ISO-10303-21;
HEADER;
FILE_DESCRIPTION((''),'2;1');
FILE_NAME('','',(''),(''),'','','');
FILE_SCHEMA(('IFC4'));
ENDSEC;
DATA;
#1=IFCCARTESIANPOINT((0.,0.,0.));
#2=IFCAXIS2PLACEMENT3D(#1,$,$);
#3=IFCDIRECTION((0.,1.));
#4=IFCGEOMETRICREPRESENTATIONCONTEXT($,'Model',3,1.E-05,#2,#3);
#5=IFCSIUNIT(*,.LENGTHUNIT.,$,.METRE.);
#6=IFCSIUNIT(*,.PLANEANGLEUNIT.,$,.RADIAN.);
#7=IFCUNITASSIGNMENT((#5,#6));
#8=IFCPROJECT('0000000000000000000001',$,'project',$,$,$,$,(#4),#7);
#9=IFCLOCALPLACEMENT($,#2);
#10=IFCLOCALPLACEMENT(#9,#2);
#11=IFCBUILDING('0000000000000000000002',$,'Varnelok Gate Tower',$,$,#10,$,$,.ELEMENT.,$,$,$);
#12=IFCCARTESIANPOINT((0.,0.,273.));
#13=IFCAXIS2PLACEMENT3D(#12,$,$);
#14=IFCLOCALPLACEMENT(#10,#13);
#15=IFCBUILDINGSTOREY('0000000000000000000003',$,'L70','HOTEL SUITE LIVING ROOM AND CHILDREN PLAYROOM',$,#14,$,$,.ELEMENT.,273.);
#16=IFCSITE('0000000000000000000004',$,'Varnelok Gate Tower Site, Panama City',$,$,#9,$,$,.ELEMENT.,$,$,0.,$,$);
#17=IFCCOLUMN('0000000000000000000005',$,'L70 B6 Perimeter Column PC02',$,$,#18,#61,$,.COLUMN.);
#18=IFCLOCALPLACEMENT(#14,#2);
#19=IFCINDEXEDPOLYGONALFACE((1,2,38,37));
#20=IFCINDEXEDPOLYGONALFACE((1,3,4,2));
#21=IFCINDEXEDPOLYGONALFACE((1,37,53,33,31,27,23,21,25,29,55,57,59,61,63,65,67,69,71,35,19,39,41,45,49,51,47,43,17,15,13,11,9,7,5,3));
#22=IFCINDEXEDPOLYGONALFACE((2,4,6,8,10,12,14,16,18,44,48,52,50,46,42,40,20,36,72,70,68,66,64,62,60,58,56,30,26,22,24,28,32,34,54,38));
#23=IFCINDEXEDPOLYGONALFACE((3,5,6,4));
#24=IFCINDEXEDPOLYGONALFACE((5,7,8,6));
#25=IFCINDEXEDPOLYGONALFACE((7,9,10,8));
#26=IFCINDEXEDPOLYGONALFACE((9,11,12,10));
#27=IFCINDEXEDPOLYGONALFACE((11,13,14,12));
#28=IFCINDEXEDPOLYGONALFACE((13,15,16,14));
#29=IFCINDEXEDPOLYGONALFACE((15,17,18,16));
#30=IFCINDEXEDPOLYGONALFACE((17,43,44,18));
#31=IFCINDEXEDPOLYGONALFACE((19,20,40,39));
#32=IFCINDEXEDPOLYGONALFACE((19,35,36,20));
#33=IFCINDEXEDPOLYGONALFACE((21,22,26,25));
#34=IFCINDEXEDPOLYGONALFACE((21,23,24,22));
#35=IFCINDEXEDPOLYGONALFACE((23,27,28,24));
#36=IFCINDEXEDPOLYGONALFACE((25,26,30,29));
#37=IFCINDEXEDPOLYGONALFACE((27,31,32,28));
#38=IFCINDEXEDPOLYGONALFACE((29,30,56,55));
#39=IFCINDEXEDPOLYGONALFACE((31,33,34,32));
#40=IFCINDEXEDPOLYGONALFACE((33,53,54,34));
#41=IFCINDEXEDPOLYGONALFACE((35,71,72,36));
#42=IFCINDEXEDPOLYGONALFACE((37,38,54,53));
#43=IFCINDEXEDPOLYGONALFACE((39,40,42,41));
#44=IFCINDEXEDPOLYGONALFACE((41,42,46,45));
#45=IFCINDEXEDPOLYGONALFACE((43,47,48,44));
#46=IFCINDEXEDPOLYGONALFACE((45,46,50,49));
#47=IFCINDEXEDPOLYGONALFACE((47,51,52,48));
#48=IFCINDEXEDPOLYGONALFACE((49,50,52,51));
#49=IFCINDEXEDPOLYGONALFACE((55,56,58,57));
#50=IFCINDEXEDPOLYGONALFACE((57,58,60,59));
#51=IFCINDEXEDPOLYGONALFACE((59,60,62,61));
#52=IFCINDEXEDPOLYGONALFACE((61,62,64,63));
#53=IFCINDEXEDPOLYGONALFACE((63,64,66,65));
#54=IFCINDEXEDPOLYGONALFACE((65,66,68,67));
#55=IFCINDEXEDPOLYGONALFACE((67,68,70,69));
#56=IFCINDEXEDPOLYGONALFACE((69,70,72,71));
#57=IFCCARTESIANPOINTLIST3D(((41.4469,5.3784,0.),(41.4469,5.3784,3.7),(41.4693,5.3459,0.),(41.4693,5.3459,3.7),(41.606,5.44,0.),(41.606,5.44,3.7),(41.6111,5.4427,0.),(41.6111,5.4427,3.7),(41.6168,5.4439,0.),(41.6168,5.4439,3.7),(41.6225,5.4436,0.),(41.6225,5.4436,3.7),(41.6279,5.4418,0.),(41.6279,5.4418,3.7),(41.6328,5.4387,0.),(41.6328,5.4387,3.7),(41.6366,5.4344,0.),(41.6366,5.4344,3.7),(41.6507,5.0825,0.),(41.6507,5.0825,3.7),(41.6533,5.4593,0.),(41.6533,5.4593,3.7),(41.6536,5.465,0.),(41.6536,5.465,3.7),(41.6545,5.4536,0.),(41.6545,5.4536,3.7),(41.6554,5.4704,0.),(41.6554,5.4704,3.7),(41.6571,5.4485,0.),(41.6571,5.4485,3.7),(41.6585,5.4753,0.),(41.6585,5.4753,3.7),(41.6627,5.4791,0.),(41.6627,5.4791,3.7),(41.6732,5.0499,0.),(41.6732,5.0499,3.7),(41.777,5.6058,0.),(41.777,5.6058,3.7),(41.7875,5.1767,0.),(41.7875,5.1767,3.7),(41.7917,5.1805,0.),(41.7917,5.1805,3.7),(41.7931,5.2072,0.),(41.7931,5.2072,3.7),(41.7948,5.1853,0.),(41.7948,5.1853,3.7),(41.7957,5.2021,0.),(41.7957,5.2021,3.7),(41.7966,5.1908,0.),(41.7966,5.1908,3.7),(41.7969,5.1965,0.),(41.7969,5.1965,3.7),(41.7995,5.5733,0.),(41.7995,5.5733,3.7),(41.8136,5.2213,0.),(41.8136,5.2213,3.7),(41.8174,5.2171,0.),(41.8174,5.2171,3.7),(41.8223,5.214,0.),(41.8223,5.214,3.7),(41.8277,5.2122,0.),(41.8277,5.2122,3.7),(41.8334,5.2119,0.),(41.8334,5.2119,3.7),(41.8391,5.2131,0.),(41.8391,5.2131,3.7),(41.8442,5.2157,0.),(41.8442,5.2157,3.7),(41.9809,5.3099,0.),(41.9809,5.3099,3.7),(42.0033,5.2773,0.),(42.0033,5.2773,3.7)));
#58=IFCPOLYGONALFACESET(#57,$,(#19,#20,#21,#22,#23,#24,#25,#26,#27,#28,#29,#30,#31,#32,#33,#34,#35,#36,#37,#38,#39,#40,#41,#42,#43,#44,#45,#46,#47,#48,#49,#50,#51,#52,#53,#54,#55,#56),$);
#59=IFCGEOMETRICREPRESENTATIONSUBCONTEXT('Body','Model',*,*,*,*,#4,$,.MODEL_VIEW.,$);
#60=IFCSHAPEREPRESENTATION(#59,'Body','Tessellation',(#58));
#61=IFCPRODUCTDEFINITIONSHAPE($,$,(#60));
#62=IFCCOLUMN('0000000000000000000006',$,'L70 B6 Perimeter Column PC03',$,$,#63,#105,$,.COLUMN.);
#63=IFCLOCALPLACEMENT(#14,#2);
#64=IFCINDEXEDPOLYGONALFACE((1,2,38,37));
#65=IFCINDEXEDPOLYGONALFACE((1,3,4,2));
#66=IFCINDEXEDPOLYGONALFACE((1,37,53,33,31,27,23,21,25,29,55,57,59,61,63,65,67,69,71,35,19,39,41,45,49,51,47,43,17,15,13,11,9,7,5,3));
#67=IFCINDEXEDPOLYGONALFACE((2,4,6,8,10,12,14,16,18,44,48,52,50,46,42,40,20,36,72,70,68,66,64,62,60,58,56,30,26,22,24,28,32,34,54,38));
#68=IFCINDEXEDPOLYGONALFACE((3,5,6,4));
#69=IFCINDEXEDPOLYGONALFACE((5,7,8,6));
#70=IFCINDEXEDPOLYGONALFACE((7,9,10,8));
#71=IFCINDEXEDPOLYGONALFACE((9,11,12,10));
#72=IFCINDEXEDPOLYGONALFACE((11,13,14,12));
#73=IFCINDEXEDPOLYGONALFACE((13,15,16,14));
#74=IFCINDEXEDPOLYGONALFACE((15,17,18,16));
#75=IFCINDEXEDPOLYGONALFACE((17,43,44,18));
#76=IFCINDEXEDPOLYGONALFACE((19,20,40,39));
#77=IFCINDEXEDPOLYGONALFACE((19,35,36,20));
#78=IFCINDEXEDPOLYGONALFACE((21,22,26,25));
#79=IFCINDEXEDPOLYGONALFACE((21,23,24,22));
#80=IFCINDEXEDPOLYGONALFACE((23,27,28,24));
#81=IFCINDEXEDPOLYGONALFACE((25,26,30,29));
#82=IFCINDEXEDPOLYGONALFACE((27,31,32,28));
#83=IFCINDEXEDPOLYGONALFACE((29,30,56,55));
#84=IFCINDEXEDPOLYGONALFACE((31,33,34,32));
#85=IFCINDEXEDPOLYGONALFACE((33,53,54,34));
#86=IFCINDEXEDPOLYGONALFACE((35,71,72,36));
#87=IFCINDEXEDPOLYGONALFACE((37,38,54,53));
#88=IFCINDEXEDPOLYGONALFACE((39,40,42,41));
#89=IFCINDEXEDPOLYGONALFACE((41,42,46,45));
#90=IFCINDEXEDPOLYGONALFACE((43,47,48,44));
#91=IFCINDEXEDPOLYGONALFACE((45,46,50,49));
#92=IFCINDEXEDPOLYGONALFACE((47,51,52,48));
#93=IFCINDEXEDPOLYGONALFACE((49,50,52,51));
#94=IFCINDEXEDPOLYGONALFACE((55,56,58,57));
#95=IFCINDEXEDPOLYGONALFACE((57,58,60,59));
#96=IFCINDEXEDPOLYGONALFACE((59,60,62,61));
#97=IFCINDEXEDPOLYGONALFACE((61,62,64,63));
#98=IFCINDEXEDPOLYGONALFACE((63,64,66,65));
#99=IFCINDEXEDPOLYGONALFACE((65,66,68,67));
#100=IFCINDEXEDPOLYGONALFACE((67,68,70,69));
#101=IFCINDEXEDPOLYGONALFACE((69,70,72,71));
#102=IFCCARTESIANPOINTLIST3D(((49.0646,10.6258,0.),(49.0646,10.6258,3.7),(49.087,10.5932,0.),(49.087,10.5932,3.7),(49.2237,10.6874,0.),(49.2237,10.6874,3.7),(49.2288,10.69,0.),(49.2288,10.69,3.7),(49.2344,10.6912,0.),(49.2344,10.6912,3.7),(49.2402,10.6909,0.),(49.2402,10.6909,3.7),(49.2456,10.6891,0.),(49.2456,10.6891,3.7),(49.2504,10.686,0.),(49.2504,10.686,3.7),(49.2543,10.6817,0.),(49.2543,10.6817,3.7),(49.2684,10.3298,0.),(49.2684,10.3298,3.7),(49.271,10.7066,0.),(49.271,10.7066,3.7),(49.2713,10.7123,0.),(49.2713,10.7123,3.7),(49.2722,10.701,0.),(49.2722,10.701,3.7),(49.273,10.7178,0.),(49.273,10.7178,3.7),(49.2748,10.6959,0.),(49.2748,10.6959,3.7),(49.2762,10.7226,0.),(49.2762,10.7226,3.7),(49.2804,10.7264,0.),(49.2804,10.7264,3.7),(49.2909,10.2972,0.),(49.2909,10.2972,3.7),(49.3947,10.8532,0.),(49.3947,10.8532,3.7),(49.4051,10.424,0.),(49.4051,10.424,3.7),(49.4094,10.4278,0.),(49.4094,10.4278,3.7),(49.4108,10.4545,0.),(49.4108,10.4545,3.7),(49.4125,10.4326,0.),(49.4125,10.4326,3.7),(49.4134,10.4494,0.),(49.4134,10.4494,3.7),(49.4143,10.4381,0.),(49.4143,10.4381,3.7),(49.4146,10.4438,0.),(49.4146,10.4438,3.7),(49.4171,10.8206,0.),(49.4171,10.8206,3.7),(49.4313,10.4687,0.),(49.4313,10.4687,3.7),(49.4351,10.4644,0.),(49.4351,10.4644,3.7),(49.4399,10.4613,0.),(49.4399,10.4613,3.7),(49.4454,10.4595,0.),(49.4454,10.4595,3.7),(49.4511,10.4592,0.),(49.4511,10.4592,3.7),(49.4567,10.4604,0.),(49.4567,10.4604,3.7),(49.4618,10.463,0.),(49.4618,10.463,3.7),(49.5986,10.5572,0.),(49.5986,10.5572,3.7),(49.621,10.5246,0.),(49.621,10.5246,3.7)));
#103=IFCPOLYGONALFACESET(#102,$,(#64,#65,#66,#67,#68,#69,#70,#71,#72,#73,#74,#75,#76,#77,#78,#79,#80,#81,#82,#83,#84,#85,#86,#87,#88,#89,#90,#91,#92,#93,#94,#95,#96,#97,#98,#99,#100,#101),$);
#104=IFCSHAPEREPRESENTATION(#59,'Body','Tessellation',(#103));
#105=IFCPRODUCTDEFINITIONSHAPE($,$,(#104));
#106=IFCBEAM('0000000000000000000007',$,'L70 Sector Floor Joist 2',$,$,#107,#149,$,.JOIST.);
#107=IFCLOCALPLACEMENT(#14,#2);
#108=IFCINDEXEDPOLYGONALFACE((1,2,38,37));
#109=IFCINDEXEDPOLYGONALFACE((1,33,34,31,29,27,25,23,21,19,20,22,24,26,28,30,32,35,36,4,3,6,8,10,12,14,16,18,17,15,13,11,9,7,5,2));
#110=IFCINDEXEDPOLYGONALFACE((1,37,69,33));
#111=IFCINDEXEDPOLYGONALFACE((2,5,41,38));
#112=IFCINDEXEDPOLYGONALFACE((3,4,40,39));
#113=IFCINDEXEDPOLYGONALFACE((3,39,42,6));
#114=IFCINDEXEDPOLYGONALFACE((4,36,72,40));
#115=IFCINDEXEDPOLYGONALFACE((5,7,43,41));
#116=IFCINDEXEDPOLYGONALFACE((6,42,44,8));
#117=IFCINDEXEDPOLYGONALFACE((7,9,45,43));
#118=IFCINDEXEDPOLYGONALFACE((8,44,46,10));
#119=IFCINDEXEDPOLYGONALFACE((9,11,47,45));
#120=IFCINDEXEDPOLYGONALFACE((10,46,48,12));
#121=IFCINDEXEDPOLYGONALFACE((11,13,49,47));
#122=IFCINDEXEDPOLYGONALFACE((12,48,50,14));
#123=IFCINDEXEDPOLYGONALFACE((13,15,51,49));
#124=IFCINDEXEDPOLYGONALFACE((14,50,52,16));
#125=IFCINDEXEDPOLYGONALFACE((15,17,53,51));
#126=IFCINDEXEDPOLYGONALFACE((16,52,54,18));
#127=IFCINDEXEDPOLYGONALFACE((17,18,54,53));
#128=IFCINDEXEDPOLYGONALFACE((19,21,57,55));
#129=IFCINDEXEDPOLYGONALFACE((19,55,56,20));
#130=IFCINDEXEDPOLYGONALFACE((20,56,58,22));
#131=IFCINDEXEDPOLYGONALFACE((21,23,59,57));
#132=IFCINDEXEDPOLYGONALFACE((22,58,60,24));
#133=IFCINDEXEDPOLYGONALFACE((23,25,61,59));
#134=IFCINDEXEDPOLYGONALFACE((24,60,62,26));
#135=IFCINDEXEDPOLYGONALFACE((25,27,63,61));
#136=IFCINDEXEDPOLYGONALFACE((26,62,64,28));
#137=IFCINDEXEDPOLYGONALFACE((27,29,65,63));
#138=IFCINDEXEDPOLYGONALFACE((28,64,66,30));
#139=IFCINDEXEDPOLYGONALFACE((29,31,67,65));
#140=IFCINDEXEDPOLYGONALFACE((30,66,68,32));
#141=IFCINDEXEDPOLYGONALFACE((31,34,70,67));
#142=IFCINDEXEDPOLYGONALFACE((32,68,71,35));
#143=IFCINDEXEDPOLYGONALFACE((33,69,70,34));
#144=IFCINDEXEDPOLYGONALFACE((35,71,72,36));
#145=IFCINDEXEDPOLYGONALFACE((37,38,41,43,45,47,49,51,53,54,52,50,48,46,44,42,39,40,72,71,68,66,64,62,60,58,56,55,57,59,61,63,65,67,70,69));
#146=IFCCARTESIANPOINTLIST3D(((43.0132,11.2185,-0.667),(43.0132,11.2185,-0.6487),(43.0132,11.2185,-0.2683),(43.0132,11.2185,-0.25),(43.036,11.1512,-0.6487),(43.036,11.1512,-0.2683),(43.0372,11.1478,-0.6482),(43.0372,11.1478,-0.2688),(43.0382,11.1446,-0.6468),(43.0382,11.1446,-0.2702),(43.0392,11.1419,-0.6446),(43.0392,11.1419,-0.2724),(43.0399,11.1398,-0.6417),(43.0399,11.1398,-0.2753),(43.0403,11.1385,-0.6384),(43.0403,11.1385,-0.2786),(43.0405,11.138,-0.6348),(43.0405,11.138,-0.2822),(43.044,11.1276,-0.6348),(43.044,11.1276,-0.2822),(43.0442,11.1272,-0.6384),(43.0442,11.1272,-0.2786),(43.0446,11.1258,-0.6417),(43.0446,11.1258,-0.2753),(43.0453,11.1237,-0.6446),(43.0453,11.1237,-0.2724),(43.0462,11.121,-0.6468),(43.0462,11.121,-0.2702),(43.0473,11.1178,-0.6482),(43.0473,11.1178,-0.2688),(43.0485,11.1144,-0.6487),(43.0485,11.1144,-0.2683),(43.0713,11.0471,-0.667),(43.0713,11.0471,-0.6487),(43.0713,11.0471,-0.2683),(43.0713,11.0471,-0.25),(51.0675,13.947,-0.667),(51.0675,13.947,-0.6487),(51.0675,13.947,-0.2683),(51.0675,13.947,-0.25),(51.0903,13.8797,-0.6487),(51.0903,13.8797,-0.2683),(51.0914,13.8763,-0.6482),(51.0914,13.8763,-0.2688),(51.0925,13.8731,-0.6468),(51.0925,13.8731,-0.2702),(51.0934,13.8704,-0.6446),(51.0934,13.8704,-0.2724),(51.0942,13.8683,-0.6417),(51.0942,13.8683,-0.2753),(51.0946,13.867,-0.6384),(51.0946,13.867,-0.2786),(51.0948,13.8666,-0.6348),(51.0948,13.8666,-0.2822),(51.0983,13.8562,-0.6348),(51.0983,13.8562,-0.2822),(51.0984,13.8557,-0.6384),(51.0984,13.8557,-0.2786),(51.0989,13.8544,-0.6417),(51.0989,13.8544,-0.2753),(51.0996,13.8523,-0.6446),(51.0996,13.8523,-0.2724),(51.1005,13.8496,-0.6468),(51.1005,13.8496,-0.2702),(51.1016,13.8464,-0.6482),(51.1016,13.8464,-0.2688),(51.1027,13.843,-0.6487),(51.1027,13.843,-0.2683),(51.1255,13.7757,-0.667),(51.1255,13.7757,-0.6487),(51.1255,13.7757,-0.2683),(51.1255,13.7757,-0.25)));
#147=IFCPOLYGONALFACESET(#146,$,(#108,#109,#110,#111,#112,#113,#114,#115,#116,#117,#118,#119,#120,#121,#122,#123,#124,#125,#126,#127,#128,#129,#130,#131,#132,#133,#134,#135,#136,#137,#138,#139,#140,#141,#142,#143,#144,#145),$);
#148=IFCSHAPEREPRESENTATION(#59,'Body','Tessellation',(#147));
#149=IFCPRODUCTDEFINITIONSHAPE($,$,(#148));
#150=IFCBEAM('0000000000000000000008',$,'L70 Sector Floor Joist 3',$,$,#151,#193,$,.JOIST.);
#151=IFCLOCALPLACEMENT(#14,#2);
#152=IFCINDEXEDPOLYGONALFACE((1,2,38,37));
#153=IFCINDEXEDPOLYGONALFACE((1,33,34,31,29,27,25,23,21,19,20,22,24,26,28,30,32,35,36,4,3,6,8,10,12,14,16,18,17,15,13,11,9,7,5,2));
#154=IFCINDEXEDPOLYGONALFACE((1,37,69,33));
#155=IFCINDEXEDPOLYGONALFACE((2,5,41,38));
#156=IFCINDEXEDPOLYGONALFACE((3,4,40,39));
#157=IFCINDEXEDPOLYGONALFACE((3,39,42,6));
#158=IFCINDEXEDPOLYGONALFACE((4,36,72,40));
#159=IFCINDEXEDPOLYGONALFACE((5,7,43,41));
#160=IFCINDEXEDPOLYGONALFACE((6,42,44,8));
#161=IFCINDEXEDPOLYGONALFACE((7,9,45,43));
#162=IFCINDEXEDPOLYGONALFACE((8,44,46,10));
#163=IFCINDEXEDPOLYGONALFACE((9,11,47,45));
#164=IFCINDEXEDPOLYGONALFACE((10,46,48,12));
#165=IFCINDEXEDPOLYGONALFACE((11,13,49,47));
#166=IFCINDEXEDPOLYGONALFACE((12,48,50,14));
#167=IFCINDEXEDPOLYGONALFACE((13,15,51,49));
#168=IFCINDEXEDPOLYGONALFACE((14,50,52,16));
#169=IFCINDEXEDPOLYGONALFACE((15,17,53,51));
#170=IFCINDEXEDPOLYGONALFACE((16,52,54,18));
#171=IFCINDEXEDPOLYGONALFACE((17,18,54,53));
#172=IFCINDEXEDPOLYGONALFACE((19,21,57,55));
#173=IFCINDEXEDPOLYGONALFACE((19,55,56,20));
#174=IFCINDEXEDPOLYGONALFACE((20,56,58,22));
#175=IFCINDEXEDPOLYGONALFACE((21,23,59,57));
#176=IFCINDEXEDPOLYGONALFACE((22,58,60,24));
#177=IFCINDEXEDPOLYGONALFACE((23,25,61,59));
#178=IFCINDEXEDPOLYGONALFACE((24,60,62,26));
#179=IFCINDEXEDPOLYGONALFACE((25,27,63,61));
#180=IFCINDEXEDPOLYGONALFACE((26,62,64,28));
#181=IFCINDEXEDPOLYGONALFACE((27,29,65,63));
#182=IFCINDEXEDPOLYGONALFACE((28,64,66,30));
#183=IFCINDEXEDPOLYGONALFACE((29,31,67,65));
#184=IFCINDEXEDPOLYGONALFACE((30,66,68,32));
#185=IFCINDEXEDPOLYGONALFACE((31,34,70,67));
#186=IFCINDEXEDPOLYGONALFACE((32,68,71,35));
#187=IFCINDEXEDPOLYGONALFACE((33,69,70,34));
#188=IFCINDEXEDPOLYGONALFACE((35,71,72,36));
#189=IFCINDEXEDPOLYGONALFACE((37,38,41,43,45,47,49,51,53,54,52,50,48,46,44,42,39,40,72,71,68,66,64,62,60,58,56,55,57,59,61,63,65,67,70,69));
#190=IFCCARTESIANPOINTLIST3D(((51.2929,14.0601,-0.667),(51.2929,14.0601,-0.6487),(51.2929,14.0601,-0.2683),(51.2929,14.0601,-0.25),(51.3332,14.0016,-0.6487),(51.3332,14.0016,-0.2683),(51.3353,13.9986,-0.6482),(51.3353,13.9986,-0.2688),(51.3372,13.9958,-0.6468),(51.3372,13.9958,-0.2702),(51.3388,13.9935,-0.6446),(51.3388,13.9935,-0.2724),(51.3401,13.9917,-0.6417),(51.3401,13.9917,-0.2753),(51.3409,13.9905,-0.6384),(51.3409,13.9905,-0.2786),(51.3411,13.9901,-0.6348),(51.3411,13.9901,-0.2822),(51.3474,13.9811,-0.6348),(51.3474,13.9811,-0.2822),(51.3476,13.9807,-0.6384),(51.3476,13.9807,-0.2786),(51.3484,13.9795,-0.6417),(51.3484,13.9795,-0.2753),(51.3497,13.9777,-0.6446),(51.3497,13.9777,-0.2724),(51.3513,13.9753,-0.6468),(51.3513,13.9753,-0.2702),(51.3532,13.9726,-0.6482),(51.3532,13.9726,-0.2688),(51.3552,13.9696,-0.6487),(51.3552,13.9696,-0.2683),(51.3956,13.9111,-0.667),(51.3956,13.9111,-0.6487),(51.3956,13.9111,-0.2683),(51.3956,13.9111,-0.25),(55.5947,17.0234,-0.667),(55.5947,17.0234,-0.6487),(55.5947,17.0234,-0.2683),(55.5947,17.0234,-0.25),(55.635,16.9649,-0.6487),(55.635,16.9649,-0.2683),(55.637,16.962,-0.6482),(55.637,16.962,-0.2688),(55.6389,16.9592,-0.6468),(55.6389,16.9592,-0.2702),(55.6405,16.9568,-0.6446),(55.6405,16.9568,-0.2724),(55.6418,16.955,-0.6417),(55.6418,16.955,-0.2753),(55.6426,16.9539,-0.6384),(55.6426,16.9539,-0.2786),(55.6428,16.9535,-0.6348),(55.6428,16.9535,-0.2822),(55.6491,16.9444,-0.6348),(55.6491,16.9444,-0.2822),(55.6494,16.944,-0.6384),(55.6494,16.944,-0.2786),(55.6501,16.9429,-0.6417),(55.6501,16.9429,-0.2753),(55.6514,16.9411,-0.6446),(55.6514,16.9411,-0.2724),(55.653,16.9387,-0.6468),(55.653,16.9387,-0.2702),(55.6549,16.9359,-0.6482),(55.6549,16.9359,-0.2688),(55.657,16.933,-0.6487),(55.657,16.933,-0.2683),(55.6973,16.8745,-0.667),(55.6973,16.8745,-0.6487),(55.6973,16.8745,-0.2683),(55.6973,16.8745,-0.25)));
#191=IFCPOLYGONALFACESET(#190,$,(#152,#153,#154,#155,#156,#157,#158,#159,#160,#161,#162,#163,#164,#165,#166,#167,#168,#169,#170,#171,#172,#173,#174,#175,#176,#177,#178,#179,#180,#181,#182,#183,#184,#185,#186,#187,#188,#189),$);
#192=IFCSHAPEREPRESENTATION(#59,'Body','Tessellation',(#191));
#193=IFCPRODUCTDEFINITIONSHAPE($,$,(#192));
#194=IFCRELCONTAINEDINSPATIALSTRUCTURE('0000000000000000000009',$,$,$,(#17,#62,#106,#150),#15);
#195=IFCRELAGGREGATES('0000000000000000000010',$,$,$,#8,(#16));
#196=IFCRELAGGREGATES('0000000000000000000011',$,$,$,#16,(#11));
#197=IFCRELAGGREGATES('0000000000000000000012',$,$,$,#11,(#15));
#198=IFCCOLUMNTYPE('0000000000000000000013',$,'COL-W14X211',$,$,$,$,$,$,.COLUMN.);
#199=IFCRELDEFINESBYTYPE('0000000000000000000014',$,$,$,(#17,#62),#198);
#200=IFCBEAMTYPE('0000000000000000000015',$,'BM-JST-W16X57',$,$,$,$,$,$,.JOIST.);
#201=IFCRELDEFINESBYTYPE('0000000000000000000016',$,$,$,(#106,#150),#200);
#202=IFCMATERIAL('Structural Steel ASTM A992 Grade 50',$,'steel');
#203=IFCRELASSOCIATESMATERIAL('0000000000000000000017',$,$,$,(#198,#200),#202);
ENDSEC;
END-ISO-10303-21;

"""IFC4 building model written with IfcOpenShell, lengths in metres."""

from ifc_helpers import new_model, si_unit, direction, frame, origin, origin_2d, place, context, subcontext, project, spatial, i_section, extrude, material, material_profile, profile_set, type_object, element, save


model = new_model("IFC4")

# Units and contexts
model_context = context("Model", 3, precision=1e-05, world=origin(), true_north=direction((0.0, 1.0)))
body_context = subcontext(model_context, "Body", "Model", "MODEL_VIEW")
ifc_project = project(units=[si_unit("LENGTHUNIT", "METRE"), si_unit("PLANEANGLEUNIT", "RADIAN")], contexts=[model_context])

# Site, building, storey
site_placement = place(None, origin())
site = spatial("IfcSite", under=ifc_project, at=site_placement, Name="Varnelok Gate Tower Site, Panama City", CompositionType="ELEMENT", RefElevation=0.0)
building_placement = place(site_placement, origin())
building = spatial("IfcBuilding", under=site, at=building_placement, Name="Varnelok Gate Tower", CompositionType="ELEMENT")
storey_placement = place(building_placement, frame((0.0, 0.0, 273.0)))
storey = spatial("IfcBuildingStorey", under=building, at=storey_placement, Name="L70", Description="HOTEL SUITE LIVING ROOM AND CHILDREN PLAYROOM", CompositionType="ELEMENT", Elevation=273.0)

# Columns
ifc_material_1 = material(Name="Structural Steel ASTM A992 Grade 50", Category="steel")
ifc_material_profile_1 = material_profile(ifc_material_1, i_section(OverallWidth=0.4009, OverallDepth=0.3989, WebThickness=0.0249, FlangeThickness=0.0396, FilletRadius=0.022, at=origin_2d()), Name="W14X211")
ifc_profile_set_1 = profile_set([ifc_material_profile_1], Name="Structural Steel ASTM A992 Grade 50")
column_type = type_object("IfcColumnType", Name="COL-W14X211", PredefinedType="COLUMN", material=ifc_profile_set_1)
for number, where, z_axis, x_axis, name in (
    (1, (41.7251, 5.3279, 0.0), (0.0, 0.0, 1.0), (0.823533, 0.567269, 0.0), "L70 B6 Perimeter Column PC02"),
    (2, (49.3428, 10.5752, 0.0), (0.0, 0.0, 1.0), (0.823533, 0.567269, 0.0), "L70 B6 Perimeter Column PC03"),
):
    element("IfcColumn", number, at=place(storey_placement, frame(where, z_axis=z_axis, x_axis=x_axis)), inside=storey, type_object=column_type, Name=name, PredefinedType="COLUMN", context=body_context, shape_type="SweptSolid", body=[
        extrude(i_section(OverallWidth=0.4009, OverallDepth=0.3989, WebThickness=0.0249, FlangeThickness=0.0396, FilletRadius=0.022, at=origin_2d()), origin(), (0.0, 0.0, 1.0), 3.7),
    ])

# Beams
ifc_material_profile_2 = material_profile(ifc_material_1, i_section(OverallWidth=0.1809, OverallDepth=0.417, WebThickness=0.011, FlangeThickness=0.0183, FilletRadius=0.0139, at=origin_2d()), Name="W16X57")
ifc_profile_set_2 = profile_set([ifc_material_profile_2], Name="Structural Steel ASTM A992 Grade 50")
beam_type_1 = type_object("IfcBeamType", Name="BM-JST-W16X57", PredefinedType="JOIST", material=ifc_profile_set_2)
beam_1_placement = place(storey_placement, frame((43.0422, 11.1328, -0.4585), z_axis=(0.947127, 0.320858, 0.0), x_axis=(-0.320858, 0.947127, 0.0)))
element("IfcBeam", 3, at=beam_1_placement, inside=storey, type_object=beam_type_1, Name="L70 Sector Floor Joist 2", PredefinedType="JOIST", context=body_context, shape_type="SweptSolid", body=[
    extrude(i_section(OverallWidth=0.1809, OverallDepth=0.417, WebThickness=0.011, FlangeThickness=0.0183, FilletRadius=0.0139, at=origin_2d()), origin(), (0.0, 0.0, 1.0), 8.5039),
])
beam_2_placement = place(storey_placement, frame((51.3442, 13.9856, -0.4585), z_axis=(0.823512, 0.567298, 0.0), x_axis=(-0.567298, 0.823512, 0.0)))
element("IfcBeam", 4, at=beam_2_placement, inside=storey, type_object=beam_type_1, Name="L70 Sector Floor Joist 3", PredefinedType="JOIST", context=body_context, shape_type="SweptSolid", body=[
    extrude(i_section(OverallWidth=0.1809, OverallDepth=0.417, WebThickness=0.011, FlangeThickness=0.0183, FilletRadius=0.0139, at=origin_2d()), origin(), (0.0, 0.0, 1.0), 5.2236),
])

save(model, "model.ifc")
